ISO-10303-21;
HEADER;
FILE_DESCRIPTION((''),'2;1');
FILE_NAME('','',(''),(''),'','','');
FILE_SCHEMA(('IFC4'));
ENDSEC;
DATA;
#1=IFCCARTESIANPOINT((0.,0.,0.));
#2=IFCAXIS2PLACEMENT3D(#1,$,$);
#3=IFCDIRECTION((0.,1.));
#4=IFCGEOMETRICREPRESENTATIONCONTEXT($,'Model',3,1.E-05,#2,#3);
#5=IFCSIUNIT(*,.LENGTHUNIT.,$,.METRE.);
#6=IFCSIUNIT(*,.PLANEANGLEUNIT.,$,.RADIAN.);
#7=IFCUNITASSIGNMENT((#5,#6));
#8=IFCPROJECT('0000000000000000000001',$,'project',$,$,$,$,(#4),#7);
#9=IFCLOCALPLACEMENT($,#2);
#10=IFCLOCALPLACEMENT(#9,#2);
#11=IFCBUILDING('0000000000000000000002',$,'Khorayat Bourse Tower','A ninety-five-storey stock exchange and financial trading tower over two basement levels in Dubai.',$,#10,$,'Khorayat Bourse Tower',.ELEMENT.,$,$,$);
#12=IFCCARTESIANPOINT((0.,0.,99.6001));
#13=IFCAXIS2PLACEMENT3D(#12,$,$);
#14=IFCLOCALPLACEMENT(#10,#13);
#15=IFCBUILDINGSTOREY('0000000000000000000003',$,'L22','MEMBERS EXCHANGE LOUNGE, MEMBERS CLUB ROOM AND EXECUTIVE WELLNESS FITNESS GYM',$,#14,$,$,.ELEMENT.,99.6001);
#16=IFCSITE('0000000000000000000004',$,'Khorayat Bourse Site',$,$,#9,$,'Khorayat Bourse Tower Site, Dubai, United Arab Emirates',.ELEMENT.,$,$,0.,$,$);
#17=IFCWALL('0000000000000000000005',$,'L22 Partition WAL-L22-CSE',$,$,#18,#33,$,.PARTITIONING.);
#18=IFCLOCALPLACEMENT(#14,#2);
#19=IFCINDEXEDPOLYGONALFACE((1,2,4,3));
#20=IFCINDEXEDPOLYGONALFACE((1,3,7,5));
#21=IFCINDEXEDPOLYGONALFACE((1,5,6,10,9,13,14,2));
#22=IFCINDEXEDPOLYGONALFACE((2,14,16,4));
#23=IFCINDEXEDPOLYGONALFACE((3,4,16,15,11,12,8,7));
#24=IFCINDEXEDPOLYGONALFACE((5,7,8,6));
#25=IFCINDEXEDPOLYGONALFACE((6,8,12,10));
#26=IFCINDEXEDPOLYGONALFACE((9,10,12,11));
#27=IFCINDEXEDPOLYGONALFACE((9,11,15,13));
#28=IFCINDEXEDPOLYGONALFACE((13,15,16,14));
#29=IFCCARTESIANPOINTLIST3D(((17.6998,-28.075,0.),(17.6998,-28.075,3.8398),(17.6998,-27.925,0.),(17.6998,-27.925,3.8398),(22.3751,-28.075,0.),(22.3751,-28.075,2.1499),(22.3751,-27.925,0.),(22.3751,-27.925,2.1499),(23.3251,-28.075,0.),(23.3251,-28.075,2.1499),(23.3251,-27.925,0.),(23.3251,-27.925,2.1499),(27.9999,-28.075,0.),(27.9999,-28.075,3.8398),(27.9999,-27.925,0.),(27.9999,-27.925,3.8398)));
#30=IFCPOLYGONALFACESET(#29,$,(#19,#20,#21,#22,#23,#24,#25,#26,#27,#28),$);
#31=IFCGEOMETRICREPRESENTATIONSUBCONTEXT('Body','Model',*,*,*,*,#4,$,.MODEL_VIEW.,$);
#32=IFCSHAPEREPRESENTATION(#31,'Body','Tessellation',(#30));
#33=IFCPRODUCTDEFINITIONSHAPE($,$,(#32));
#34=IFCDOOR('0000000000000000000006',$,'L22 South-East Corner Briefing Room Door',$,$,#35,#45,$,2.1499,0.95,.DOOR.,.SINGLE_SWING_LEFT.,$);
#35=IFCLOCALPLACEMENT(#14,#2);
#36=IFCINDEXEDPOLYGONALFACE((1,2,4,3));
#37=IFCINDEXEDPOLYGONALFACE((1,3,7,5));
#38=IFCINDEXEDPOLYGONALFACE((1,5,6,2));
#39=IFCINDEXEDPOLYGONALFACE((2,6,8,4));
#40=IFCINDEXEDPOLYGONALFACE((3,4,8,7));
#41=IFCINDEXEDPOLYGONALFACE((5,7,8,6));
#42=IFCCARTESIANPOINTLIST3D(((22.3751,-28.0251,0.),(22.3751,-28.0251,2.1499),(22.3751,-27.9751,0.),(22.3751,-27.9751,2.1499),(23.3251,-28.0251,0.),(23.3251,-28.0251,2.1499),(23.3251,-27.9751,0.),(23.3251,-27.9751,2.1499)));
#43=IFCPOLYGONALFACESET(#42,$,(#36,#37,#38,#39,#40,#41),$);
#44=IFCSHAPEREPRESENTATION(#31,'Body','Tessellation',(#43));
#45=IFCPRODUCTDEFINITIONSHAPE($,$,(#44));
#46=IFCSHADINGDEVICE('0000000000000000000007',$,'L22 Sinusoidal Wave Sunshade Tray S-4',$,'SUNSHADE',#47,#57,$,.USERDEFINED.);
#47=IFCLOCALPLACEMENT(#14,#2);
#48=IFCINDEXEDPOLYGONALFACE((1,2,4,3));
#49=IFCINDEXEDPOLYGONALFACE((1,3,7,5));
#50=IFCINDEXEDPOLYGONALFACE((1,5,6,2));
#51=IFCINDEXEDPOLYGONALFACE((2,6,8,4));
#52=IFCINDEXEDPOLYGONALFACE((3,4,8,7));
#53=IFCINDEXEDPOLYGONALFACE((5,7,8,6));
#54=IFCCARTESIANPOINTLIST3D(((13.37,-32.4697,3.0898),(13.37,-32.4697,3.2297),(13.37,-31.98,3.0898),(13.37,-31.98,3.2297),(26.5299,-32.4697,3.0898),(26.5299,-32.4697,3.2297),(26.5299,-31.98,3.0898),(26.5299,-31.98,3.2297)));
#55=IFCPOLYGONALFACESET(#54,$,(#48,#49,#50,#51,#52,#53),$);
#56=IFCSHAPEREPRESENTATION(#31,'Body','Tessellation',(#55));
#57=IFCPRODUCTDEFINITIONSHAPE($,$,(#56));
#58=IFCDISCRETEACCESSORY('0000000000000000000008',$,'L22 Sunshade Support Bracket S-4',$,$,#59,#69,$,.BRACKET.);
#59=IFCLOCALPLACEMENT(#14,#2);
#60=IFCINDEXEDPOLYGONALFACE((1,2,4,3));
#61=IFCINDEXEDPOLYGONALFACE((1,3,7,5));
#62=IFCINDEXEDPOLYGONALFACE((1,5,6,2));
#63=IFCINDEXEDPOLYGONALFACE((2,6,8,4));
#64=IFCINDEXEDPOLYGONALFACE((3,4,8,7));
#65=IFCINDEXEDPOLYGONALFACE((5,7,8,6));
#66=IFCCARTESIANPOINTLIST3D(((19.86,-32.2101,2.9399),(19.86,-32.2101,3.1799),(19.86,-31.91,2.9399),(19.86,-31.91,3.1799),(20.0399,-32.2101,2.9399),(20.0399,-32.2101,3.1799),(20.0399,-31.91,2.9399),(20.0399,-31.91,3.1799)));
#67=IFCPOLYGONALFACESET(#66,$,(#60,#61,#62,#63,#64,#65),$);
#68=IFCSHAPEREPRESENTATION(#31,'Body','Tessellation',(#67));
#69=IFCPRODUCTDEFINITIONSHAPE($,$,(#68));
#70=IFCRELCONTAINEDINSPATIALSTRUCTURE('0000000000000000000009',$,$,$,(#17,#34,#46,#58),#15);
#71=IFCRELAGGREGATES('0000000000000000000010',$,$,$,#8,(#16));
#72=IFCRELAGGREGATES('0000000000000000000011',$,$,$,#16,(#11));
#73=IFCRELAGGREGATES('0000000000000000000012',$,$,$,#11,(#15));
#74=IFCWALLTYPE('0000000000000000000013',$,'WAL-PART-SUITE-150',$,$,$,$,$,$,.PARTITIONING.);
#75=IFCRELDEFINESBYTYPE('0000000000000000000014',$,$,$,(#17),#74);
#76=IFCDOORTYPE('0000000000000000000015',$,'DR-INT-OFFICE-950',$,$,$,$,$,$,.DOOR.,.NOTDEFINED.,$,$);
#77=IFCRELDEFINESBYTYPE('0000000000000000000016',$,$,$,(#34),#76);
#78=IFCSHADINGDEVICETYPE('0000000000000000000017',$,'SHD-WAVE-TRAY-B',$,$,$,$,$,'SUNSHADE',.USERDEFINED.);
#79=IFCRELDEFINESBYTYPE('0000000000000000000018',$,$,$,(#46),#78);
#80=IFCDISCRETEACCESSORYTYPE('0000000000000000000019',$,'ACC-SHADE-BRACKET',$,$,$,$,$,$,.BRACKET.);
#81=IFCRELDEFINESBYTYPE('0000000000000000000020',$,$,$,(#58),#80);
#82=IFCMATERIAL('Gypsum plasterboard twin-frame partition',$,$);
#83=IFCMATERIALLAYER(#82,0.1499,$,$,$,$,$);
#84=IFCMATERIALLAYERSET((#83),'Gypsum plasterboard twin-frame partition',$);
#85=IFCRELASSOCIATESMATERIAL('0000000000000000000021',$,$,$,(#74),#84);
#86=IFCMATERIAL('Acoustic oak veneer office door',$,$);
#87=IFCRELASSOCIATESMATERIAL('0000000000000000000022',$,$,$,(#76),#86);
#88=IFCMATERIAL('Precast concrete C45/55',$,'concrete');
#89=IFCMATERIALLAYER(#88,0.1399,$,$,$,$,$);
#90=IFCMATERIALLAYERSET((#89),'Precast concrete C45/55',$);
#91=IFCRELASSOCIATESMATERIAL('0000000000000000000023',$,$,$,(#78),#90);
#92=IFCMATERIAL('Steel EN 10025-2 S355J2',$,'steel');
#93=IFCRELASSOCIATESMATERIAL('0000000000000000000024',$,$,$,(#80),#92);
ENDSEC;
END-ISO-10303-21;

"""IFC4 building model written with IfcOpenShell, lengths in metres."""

from ifc_helpers import new_model, si_unit, direction, frame, frame_2d, origin, origin_2d, place, context, subcontext, project, spatial, rectangle, extrude, source, transform, mapped, material, layer, layer_set, type_object, element, fill, save


model = new_model("IFC4")

# Units and contexts
model_context = context("Model", 3, precision=1e-05, world=origin(), true_north=direction((0.0, 1.0)))
body_context = subcontext(model_context, "Body", "Model", "MODEL_VIEW")
ifc_project = project(units=[si_unit("LENGTHUNIT", "METRE"), si_unit("PLANEANGLEUNIT", "RADIAN")], contexts=[model_context])

# Site, building, storey
site_placement = place(None, origin())
site = spatial("IfcSite", under=ifc_project, at=site_placement, Name="Khorayat Bourse Site", LongName="Khorayat Bourse Tower Site, Dubai, United Arab Emirates", CompositionType="ELEMENT", RefElevation=0.0)
building_placement = place(site_placement, origin())
building = spatial("IfcBuilding", under=site, at=building_placement, Name="Khorayat Bourse Tower", Description="A ninety-five-storey stock exchange and financial trading tower over two basement levels in Dubai.", LongName="Khorayat Bourse Tower", CompositionType="ELEMENT")
storey_placement = place(building_placement, frame((0.0, 0.0, 99.6001)))
storey = spatial("IfcBuildingStorey", under=building, at=storey_placement, Name="L22", Description="MEMBERS EXCHANGE LOUNGE, MEMBERS CLUB ROOM AND EXECUTIVE WELLNESS FITNESS GYM", CompositionType="ELEMENT", Elevation=99.6001)

# Shared definitions
ifc_material_1 = material(Name="Precast concrete C45/55", Category="concrete")

# Shared definitions
ifc_material_2 = material(Name="Gypsum plasterboard twin-frame partition")
ifc_layer_1 = layer(ifc_material_2, 0.1499)
ifc_layer_set_1 = layer_set([ifc_layer_1], Name="Gypsum plasterboard twin-frame partition")
wall_type_1 = type_object("IfcWallType", Name="WAL-PART-SUITE-150", PredefinedType="PARTITIONING", material=ifc_layer_set_1)

# Shared definitions
ifc_material_3 = material(Name="Acoustic oak veneer office door")
door_type = type_object("IfcDoorType", Name="DR-INT-OFFICE-950", OperationType="NOTDEFINED", PredefinedType="DOOR", material=ifc_material_3)
shared_shape_1 = source(origin(), body_context, "Body", "SweptSolid", [
    extrude(rectangle(XDim=0.95, YDim=2.1499, at=frame_2d((0.4751, 1.075))), frame((0.0, 0.0249, 0.0), z_axis=(0.0, -1.0, 0.0), x_axis=(1.0, 0.0, 0.0)), (0.0, 0.0, 1.0), 0.05),
])

# Wall, opening, door
shared_shape_2 = source(origin(), body_context, "Body", "SweptSolid", [
    extrude(rectangle(XDim=10.3, YDim=0.1499, at=frame_2d((5.1499, 0.0))), origin(), (0.0, 0.0, 1.0), 3.8398),
])
wall_1_placement = place(storey_placement, frame((17.7, -28.0, 0.0), z_axis=(0.0, 0.0, 1.0), x_axis=(1.0, 0.0, 0.0)))
wall_1 = element("IfcWall", 1, at=wall_1_placement, inside=storey, type_object=wall_type_1, Name="L22 Partition WAL-L22-CSE", PredefinedType="PARTITIONING", context=body_context, shape_type="MappedRepresentation", body=[
    mapped(shared_shape_2, transform((0.0, 0.0, 0.0), scale=1.0)),
])
shared_shape_3 = source(origin(), body_context, "Body", "SweptSolid", [
    extrude(rectangle(XDim=0.95, YDim=2.1499, at=frame_2d((0.4751, 1.075))), frame((0.0, 0.085, 0.0), z_axis=(0.0, -1.0, 0.0), x_axis=(1.0, 0.0, 0.0)), (0.0, 0.0, 1.0), 0.1699),
])
opening_1_placement = place(wall_1_placement, frame((4.675, 0.0, 0.0)))
opening_1 = element("IfcOpeningElement", 2, at=opening_1_placement, cuts=wall_1, PredefinedType="OPENING", context=body_context, shape_type="MappedRepresentation", body=[
    mapped(shared_shape_3, transform((0.0, 0.0, 0.0), scale=1.0)),
])
door_1_placement = place(opening_1_placement, origin())
door_1 = element("IfcDoor", 3, at=door_1_placement, inside=storey, type_object=door_type, Name="L22 South-East Corner Briefing Room Door", OperationType="SINGLE_SWING_LEFT", OverallHeight=2.1499, OverallWidth=0.95, PredefinedType="DOOR", context=body_context, shape_type="MappedRepresentation", body=[
    mapped(shared_shape_1, transform((0.0, 0.0, 0.0), scale=1.0)),
])
fill(opening_1, door_1)

# Shading device
ifc_layer_2 = layer(ifc_material_1, 0.1399)
ifc_layer_set_2 = layer_set([ifc_layer_2], Name="Precast concrete C45/55")
shading_device_type = type_object("IfcShadingDeviceType", Name="SHD-WAVE-TRAY-B", ElementType="SUNSHADE", PredefinedType="USERDEFINED", material=ifc_layer_set_2)
shared_shape_4 = source(origin(), body_context, "Body", "SweptSolid", [
    extrude(rectangle(XDim=13.1599, YDim=0.4897, at=origin_2d()), origin(), (0.0, 0.0, 1.0), 0.1399),
])
shading_device_placement = place(storey_placement, frame((19.95, -32.2249, 3.0898), z_axis=(0.0, 0.0, 1.0), x_axis=(1.0, 0.0, 0.0)))
element("IfcShadingDevice", 4, at=shading_device_placement, inside=storey, type_object=shading_device_type, Name="L22 Sinusoidal Wave Sunshade Tray S-4", ObjectType="SUNSHADE", PredefinedType="USERDEFINED", context=body_context, shape_type="MappedRepresentation", body=[
    mapped(shared_shape_4, transform((0.0, 0.0, 0.0), scale=1.0)),
])

# Discrete accessory
ifc_material_4 = material(Name="Steel EN 10025-2 S355J2", Category="steel")
discrete_accessory_type = type_object("IfcDiscreteAccessoryType", Name="ACC-SHADE-BRACKET", PredefinedType="BRACKET", material=ifc_material_4)
shared_shape_5 = source(origin(), body_context, "Body", "SweptSolid", [
    extrude(rectangle(XDim=0.1799, YDim=0.3, at=origin_2d()), origin(), (0.0, 0.0, 1.0), 0.24),
])
discrete_accessory_placement = place(storey_placement, frame((19.95, -32.0601, 2.9399), z_axis=(0.0, 0.0, 1.0), x_axis=(1.0, 0.0, 0.0)))
element("IfcDiscreteAccessory", 5, at=discrete_accessory_placement, inside=storey, type_object=discrete_accessory_type, Name="L22 Sunshade Support Bracket S-4", PredefinedType="BRACKET", context=body_context, shape_type="MappedRepresentation", body=[
    mapped(shared_shape_5, transform((0.0, 0.0, 0.0), scale=1.0)),
])

save(model, "model.ifc")
